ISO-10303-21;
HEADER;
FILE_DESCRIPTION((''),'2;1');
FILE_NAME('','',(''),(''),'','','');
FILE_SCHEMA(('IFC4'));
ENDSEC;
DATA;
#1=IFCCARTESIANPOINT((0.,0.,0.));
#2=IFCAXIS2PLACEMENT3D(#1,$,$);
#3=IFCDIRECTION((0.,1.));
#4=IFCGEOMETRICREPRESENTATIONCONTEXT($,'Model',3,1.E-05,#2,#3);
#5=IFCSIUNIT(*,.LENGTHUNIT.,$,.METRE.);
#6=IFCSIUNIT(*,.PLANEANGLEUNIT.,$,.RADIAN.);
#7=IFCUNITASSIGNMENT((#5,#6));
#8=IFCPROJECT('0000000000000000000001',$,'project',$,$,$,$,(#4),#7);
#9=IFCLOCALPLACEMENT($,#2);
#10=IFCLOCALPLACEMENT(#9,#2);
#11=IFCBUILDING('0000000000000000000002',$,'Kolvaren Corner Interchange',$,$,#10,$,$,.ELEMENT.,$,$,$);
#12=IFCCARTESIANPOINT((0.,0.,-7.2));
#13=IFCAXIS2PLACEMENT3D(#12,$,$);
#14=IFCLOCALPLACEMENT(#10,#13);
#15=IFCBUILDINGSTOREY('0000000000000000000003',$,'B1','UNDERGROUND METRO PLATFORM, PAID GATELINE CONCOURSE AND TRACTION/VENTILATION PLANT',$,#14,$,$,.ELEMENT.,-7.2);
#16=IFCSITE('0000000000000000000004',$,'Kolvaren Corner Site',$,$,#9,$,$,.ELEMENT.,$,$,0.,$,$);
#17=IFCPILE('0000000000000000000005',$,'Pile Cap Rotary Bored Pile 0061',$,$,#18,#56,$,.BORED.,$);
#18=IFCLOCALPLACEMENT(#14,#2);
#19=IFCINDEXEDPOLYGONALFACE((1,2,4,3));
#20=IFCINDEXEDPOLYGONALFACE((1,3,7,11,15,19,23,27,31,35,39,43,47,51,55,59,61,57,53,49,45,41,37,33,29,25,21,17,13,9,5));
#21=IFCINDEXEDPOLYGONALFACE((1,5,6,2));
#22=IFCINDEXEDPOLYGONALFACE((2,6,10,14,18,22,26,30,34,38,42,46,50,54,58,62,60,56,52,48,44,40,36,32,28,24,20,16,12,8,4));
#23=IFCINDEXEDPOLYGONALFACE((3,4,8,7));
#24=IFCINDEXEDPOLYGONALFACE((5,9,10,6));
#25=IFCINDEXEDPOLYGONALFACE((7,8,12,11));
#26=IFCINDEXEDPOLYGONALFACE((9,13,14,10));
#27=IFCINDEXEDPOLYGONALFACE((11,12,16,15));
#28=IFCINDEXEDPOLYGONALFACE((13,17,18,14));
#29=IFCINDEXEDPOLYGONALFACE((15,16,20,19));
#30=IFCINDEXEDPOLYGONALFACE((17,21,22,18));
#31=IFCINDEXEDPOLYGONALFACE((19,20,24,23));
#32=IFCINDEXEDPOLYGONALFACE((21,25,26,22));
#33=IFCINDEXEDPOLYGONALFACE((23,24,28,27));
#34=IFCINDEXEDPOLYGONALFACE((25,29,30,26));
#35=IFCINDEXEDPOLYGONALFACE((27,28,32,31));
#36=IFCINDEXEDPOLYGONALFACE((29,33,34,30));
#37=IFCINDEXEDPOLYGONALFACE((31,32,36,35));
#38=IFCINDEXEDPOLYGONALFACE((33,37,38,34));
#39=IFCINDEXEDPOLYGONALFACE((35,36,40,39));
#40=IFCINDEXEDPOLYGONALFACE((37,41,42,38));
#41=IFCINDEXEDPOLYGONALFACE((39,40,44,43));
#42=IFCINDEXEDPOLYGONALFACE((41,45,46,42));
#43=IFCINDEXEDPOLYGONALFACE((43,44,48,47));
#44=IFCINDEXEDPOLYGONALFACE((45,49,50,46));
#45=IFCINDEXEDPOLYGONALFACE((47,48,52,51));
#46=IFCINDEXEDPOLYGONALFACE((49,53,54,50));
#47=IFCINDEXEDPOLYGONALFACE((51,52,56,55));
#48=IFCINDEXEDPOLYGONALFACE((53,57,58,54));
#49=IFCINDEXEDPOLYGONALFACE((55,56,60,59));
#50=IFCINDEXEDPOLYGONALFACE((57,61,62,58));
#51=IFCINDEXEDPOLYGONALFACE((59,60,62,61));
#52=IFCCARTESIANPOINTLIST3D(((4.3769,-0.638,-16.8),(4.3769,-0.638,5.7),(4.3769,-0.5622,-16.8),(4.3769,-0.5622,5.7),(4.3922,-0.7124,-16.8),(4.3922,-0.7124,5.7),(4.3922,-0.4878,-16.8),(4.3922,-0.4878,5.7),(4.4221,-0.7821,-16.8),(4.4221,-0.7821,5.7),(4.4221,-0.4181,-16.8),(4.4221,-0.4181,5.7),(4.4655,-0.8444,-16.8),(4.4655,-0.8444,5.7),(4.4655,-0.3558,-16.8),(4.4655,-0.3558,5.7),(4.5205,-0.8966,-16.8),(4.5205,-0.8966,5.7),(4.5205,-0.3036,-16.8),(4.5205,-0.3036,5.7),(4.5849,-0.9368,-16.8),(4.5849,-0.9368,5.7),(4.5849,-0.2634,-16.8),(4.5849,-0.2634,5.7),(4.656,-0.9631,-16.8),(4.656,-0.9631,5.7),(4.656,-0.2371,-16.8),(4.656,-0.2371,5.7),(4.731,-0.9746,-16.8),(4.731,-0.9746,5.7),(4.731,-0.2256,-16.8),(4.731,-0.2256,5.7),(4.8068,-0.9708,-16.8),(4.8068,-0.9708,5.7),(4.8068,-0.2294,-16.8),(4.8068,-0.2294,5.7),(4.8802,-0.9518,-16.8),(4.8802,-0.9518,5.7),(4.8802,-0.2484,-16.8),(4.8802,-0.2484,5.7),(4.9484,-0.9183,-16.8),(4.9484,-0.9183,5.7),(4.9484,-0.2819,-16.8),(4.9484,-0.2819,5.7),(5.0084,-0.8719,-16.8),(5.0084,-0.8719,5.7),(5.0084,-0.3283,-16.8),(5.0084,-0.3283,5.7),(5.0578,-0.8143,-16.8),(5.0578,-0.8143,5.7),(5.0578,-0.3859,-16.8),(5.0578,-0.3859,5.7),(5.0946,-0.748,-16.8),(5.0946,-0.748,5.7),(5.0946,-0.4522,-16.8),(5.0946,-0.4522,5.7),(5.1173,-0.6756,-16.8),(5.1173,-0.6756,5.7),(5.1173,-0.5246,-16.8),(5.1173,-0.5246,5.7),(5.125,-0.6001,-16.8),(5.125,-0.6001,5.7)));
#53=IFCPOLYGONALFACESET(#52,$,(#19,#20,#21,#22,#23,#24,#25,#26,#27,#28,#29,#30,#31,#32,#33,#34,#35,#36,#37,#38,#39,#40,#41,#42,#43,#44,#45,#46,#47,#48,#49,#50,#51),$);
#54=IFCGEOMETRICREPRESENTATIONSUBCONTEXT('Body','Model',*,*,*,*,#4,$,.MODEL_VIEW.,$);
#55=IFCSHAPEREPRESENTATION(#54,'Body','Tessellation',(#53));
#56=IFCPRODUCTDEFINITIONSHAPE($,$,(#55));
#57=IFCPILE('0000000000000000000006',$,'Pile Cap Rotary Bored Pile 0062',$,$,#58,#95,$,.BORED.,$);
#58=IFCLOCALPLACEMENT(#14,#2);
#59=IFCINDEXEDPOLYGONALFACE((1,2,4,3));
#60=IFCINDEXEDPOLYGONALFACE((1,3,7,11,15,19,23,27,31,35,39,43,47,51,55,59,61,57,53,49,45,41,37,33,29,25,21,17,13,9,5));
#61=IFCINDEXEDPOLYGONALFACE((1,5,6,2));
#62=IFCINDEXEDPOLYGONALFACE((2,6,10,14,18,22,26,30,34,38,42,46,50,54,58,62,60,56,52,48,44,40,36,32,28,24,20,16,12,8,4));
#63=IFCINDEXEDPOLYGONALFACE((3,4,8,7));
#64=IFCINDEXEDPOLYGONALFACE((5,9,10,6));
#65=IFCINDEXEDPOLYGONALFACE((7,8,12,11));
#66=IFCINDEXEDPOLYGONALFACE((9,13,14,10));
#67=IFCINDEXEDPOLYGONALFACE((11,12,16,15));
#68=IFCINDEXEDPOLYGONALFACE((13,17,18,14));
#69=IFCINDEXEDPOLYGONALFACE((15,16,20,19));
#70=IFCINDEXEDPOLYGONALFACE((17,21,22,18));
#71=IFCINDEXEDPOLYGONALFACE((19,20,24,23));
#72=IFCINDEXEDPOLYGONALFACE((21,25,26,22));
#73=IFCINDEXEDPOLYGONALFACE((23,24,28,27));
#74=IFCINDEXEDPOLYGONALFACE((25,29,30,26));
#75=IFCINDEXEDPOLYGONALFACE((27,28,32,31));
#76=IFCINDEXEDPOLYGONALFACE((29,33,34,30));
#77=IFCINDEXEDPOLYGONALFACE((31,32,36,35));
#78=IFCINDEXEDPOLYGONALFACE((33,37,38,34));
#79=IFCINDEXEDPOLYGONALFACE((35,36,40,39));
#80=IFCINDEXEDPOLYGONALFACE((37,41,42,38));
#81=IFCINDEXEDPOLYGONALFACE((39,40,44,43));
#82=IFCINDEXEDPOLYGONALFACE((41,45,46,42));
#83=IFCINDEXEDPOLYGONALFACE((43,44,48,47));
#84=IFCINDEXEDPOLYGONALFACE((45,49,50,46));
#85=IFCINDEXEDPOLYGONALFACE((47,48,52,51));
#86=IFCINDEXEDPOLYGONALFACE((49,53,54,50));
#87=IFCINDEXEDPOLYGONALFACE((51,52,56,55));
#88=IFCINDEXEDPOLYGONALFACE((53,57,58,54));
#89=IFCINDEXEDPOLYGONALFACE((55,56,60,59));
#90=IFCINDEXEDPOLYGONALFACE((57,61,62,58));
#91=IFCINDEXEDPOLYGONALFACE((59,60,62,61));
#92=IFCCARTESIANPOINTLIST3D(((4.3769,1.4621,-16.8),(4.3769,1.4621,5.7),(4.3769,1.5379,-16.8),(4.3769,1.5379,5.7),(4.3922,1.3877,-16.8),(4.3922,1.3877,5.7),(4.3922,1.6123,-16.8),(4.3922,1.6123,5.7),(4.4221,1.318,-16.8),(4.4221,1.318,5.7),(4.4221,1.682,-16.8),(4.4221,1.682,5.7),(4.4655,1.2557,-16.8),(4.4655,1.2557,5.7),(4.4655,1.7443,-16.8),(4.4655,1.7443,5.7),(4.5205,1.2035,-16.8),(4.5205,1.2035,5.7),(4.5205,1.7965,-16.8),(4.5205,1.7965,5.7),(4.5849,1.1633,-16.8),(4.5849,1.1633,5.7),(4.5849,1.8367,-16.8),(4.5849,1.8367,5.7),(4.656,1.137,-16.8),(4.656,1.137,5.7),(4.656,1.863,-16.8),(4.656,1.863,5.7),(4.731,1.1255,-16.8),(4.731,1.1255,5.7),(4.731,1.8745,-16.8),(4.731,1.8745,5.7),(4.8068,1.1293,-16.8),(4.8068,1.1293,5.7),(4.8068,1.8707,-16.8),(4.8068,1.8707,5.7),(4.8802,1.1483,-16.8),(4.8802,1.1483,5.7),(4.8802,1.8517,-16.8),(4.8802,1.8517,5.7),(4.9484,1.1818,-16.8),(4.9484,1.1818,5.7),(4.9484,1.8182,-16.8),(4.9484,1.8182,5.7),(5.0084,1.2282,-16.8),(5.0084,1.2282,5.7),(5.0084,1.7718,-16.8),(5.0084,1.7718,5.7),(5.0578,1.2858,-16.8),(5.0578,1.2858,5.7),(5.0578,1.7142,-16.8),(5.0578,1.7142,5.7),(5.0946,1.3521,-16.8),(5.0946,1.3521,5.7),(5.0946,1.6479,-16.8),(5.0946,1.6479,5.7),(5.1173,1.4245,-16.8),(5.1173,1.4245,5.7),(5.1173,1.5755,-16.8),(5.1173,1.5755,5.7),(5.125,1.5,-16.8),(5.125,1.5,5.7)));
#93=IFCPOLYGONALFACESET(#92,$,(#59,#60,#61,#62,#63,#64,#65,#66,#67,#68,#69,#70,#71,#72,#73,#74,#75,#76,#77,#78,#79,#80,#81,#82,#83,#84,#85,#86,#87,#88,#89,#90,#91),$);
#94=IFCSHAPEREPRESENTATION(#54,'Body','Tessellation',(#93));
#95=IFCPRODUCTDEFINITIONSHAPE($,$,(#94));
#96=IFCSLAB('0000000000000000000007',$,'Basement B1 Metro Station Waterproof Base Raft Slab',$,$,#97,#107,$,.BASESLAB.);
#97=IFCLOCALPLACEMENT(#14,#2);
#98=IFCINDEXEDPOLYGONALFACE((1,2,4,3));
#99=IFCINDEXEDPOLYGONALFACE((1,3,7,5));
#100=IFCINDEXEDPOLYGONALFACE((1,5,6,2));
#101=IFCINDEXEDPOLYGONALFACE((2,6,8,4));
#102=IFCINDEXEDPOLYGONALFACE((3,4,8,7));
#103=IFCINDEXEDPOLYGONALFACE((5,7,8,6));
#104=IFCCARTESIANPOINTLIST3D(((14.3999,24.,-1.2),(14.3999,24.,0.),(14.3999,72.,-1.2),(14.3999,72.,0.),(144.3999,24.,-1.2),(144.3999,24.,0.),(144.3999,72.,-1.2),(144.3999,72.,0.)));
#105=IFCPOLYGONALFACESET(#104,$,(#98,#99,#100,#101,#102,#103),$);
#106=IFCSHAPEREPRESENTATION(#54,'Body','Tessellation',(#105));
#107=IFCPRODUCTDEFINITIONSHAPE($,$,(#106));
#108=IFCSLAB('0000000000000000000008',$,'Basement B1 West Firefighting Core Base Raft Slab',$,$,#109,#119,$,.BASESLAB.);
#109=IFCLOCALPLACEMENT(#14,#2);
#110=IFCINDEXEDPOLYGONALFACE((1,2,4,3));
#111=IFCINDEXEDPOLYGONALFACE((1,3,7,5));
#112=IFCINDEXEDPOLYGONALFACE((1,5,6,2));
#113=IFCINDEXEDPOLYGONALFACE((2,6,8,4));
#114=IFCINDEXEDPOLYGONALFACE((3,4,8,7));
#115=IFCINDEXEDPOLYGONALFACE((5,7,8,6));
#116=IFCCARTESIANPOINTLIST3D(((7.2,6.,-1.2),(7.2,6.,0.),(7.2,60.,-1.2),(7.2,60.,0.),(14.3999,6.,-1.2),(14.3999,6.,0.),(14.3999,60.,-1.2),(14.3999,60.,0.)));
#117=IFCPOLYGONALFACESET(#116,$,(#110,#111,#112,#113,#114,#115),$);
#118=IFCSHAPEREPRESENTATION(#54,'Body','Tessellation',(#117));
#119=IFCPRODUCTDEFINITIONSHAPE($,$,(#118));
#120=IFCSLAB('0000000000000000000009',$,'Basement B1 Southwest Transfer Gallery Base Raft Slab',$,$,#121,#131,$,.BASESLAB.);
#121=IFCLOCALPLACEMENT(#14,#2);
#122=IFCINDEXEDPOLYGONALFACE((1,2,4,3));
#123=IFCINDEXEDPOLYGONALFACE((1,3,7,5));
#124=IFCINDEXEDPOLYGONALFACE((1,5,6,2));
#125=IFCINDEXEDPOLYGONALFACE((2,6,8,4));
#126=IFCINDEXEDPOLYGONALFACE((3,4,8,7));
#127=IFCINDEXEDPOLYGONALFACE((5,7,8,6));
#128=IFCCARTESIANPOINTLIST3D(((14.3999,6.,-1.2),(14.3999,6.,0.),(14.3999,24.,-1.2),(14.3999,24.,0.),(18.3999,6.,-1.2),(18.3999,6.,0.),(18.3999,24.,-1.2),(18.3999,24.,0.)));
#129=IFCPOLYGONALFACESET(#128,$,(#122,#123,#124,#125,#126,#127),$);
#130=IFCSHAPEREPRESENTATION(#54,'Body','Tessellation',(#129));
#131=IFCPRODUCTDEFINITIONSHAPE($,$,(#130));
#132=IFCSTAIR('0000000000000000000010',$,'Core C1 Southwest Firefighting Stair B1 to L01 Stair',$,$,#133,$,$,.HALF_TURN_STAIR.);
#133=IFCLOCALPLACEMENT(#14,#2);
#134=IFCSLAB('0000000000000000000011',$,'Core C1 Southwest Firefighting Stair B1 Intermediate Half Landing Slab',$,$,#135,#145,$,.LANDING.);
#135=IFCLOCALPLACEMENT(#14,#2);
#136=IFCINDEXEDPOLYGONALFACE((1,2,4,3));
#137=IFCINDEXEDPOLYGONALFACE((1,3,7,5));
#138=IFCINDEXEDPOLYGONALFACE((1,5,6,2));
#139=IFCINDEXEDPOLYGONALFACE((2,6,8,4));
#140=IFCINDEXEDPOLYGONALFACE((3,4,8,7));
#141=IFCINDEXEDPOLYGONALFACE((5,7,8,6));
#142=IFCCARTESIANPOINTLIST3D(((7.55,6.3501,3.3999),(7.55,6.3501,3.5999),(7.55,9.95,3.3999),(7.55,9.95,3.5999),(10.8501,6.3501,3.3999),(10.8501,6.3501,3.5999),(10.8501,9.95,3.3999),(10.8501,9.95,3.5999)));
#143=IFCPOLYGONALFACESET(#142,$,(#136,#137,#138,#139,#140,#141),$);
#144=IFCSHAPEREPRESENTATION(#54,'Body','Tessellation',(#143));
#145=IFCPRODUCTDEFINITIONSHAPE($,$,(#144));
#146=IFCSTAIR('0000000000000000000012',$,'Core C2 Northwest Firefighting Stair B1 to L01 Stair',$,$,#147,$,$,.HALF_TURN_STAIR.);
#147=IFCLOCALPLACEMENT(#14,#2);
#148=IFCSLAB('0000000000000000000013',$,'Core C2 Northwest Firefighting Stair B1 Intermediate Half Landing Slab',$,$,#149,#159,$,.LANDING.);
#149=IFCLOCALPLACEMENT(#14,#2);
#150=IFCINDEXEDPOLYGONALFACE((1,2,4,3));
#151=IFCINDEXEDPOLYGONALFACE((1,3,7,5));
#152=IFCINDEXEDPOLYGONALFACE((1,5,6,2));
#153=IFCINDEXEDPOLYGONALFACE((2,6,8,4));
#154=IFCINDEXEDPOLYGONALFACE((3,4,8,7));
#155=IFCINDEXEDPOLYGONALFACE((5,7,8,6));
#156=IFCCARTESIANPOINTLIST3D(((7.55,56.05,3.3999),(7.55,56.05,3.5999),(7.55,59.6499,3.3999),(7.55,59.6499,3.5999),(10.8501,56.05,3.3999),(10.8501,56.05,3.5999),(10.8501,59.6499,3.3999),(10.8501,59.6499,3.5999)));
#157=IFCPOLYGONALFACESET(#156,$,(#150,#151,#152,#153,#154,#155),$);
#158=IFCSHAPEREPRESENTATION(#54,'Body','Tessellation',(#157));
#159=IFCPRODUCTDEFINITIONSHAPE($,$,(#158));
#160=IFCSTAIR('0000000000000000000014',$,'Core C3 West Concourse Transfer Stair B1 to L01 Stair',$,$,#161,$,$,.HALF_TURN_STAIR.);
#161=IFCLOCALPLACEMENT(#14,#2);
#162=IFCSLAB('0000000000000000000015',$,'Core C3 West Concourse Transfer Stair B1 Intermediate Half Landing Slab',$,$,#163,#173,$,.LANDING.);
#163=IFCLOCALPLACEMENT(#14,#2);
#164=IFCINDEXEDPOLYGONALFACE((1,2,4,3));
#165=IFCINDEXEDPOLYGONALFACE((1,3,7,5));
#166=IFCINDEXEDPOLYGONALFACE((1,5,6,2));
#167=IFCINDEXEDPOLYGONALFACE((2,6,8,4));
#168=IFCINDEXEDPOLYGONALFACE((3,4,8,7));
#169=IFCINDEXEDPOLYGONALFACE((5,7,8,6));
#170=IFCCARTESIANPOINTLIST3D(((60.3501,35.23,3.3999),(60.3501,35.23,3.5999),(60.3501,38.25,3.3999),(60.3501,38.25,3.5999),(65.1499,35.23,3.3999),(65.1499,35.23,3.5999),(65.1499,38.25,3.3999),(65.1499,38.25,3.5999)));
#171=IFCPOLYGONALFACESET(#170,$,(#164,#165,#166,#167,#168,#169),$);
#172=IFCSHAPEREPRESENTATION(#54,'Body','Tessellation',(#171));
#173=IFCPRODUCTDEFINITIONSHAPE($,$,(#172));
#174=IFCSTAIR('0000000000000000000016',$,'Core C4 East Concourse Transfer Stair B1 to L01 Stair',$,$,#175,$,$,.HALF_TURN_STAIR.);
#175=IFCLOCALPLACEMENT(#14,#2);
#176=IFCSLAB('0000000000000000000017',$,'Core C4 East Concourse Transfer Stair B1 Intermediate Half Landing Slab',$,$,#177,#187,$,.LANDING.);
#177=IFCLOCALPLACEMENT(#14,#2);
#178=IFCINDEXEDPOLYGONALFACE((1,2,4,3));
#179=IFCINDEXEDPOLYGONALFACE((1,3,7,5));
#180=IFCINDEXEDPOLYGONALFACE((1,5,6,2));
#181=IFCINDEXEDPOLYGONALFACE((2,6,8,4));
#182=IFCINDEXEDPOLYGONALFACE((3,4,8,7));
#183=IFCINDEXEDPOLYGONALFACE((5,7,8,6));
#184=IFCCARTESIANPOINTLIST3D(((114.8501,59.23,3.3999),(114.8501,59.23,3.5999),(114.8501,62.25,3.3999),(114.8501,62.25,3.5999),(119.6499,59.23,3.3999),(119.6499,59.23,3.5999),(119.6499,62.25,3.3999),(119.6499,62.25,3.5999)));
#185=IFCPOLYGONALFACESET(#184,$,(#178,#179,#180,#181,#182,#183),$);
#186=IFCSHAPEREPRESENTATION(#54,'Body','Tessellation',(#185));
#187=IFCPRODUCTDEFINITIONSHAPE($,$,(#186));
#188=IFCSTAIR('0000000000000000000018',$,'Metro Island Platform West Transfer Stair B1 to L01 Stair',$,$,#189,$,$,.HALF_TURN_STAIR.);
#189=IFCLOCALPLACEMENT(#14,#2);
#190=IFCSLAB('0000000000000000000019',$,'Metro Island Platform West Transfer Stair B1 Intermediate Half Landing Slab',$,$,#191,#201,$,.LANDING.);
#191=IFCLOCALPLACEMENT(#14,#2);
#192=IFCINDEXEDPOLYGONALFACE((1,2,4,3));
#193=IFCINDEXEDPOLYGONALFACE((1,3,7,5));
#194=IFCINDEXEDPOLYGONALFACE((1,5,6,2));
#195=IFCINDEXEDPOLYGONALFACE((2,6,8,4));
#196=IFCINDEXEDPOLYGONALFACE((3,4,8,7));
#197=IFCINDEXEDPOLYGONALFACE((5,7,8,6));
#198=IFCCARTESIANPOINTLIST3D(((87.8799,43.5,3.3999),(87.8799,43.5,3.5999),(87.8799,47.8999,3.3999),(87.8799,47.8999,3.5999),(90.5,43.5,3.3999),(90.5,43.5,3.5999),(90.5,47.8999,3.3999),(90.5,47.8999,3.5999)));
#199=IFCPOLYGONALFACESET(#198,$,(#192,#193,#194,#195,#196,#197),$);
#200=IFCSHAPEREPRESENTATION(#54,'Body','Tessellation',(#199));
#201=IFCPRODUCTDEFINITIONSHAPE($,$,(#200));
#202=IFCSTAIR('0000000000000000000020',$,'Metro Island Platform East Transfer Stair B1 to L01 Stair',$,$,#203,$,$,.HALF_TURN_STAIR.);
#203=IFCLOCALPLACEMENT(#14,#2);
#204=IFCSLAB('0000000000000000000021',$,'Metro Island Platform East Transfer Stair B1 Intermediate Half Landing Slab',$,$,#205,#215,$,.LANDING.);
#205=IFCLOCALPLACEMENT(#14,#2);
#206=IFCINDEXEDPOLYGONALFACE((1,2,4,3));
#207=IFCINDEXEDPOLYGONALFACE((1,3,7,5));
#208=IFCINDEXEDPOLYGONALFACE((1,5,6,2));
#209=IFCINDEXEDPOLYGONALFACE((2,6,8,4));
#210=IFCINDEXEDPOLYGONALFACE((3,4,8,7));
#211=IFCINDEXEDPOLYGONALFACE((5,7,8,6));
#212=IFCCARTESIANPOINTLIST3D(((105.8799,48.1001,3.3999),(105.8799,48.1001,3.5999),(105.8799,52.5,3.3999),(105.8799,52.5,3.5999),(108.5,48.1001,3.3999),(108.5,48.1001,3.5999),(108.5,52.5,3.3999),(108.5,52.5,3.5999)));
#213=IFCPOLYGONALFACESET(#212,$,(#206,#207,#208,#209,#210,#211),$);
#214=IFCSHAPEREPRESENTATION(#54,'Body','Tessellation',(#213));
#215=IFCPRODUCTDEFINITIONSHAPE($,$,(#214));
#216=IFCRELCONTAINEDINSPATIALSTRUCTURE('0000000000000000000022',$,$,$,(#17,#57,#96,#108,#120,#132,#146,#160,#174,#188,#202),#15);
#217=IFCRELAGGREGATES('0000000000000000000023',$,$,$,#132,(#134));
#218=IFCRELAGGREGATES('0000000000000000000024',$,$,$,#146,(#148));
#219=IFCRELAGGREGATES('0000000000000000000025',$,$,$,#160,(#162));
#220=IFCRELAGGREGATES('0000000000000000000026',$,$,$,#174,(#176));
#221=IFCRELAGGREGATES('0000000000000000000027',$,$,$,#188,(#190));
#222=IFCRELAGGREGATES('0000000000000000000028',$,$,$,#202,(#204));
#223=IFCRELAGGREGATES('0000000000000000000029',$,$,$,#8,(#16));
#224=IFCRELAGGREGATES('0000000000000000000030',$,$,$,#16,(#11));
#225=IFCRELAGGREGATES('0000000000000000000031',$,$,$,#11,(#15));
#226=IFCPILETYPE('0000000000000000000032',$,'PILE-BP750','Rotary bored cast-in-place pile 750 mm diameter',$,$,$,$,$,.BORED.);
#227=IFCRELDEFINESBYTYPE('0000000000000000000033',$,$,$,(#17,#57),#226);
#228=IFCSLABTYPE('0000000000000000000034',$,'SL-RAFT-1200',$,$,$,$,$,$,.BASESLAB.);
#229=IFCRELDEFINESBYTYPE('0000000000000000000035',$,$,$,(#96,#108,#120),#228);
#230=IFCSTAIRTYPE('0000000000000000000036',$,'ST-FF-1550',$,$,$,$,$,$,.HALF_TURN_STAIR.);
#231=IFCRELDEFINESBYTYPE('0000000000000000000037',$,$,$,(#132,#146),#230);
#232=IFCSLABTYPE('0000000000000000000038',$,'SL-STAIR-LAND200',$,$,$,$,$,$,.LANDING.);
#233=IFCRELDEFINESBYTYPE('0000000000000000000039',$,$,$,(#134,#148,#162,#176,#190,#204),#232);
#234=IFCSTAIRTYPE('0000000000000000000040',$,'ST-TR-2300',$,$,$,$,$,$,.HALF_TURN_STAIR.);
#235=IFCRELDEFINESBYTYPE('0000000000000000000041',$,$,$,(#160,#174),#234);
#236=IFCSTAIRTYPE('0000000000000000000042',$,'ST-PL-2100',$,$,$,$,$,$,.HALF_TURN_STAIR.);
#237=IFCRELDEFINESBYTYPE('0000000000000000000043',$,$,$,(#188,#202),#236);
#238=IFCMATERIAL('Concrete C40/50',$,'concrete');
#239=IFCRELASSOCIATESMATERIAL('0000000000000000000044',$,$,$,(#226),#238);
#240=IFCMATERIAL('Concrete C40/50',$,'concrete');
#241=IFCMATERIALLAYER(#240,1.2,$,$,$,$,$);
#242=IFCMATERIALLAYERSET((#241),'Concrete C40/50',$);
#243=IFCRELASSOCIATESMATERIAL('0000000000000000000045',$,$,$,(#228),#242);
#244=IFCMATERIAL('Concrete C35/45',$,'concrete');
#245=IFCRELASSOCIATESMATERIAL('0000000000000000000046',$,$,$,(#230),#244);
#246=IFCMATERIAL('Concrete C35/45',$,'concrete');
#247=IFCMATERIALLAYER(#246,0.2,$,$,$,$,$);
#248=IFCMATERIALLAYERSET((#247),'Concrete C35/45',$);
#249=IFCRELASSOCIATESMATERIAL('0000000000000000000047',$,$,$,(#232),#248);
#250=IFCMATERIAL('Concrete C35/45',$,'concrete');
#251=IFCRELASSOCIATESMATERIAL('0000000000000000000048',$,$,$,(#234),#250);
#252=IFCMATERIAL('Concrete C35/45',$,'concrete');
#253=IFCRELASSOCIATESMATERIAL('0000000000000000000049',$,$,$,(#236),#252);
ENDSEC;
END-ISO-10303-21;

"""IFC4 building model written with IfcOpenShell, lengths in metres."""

from ifc_helpers import new_model, si_unit, direction, frame, origin, origin_2d, place, context, subcontext, project, spatial, polyline, circle, outline, extrude, material, layer, layer_set, material_profile, profile_set, type_object, element, aggregate, save


model = new_model("IFC4")

# Units and contexts
model_context = context("Model", 3, precision=1e-05, world=origin(), true_north=direction((0.0, 1.0)))
body_context = subcontext(model_context, "Body", "Model", "MODEL_VIEW")
ifc_project = project(units=[si_unit("LENGTHUNIT", "METRE"), si_unit("PLANEANGLEUNIT", "RADIAN")], contexts=[model_context])

# Site, building, storey
site_placement = place(None, origin())
site = spatial("IfcSite", under=ifc_project, at=site_placement, Name="Kolvaren Corner Site", CompositionType="ELEMENT", RefElevation=0.0)
building_placement = place(site_placement, origin())
building = spatial("IfcBuilding", under=site, at=building_placement, Name="Kolvaren Corner Interchange", CompositionType="ELEMENT")
storey_placement = place(building_placement, frame((0.0, 0.0, -7.2)))
storey = spatial("IfcBuildingStorey", under=building, at=storey_placement, Name="B1", Description="UNDERGROUND METRO PLATFORM, PAID GATELINE CONCOURSE AND TRACTION/VENTILATION PLANT", CompositionType="ELEMENT", Elevation=-7.2)

# Piles
ifc_material_1 = material(Name="Concrete C40/50", Category="concrete")
ifc_material_profile = material_profile(ifc_material_1, circle(Radius=0.375, at=origin_2d()), Name="BORED PILE 750")
ifc_profile_set = profile_set([ifc_material_profile], Name="Concrete C40/50")
pile_type = type_object("IfcPileType", Name="PILE-BP750", Description="Rotary bored cast-in-place pile 750 mm diameter", PredefinedType="BORED", material=ifc_profile_set)
for number, where, z_axis, x_axis, name in (
    (1, (4.75, -0.6001, 5.7), (0.0, 0.0, -1.0), (1.0, 0.0, 0.0), "Pile Cap Rotary Bored Pile 0061"),
    (2, (4.75, 1.5, 5.7), (0.0, 0.0, -1.0), (1.0, 0.0, 0.0), "Pile Cap Rotary Bored Pile 0062"),
):
    element("IfcPile", number, at=place(storey_placement, frame(where, z_axis=z_axis, x_axis=x_axis)), inside=storey, type_object=pile_type, Name=name, PredefinedType="BORED", context=body_context, shape_type="SweptSolid", body=[
        extrude(circle(Radius=0.375, at=origin_2d()), origin(), (0.0, 0.0, 1.0), 22.5),
    ])

# Slabs
ifc_material_2 = material(Name="Concrete C40/50", Category="concrete")
ifc_layer_1 = layer(ifc_material_2, 1.2)
ifc_layer_set_1 = layer_set([ifc_layer_1], Name="Concrete C40/50")
slab_type_1 = type_object("IfcSlabType", Name="SL-RAFT-1200", PredefinedType="BASESLAB", material=ifc_layer_set_1)
slab_1_placement = place(storey_placement, frame((0.0, 0.0, -1.2)))
element("IfcSlab", 3, at=slab_1_placement, inside=storey, type_object=slab_type_1, Name="Basement B1 Metro Station Waterproof Base Raft Slab", PredefinedType="BASESLAB", context=body_context, shape_type="SweptSolid", body=[
    extrude(outline(polyline([(14.3999, 24.0), (144.3999, 24.0), (144.3999, 72.0), (14.3999, 72.0), (14.3999, 24.0)])), origin(), (0.0, 0.0, 1.0), 1.2),
])
slab_2_placement = place(storey_placement, frame((0.0, 0.0, -1.2)))
element("IfcSlab", 4, at=slab_2_placement, inside=storey, type_object=slab_type_1, Name="Basement B1 West Firefighting Core Base Raft Slab", PredefinedType="BASESLAB", context=body_context, shape_type="SweptSolid", body=[
    extrude(outline(polyline([(7.2, 6.0), (14.3999, 6.0), (14.3999, 60.0), (7.2, 60.0), (7.2, 6.0)])), origin(), (0.0, 0.0, 1.0), 1.2),
])
slab_3_placement = place(storey_placement, frame((0.0, 0.0, -1.2)))
element("IfcSlab", 5, at=slab_3_placement, inside=storey, type_object=slab_type_1, Name="Basement B1 Southwest Transfer Gallery Base Raft Slab", PredefinedType="BASESLAB", context=body_context, shape_type="SweptSolid", body=[
    extrude(outline(polyline([(14.3999, 6.0), (18.3999, 6.0), (18.3999, 24.0), (14.3999, 24.0), (14.3999, 6.0)])), origin(), (0.0, 0.0, 1.0), 1.2),
])

# Stairs, slabs
ifc_material_3 = material(Name="Concrete C35/45", Category="concrete")
stair_type_1 = type_object("IfcStairType", Name="ST-FF-1550", PredefinedType="HALF_TURN_STAIR", material=ifc_material_3)
stair_1_placement = place(storey_placement, origin())
stair_1 = element("IfcStair", 6, at=stair_1_placement, inside=storey, type_object=stair_type_1, Name="Core C1 Southwest Firefighting Stair B1 to L01 Stair", PredefinedType="HALF_TURN_STAIR")
ifc_material_4 = material(Name="Concrete C35/45", Category="concrete")
ifc_layer_2 = layer(ifc_material_4, 0.2)
ifc_layer_set_2 = layer_set([ifc_layer_2], Name="Concrete C35/45")
slab_type_2 = type_object("IfcSlabType", Name="SL-STAIR-LAND200", PredefinedType="LANDING", material=ifc_layer_set_2)
slab_4_placement = place(storey_placement, frame((0.0, 0.0, 3.3999)))
slab_4 = element("IfcSlab", 7, at=slab_4_placement, type_object=slab_type_2, Name="Core C1 Southwest Firefighting Stair B1 Intermediate Half Landing Slab", PredefinedType="LANDING", context=body_context, shape_type="SweptSolid", body=[
    extrude(outline(polyline([(7.55, 9.95), (7.55, 6.3501), (10.8501, 6.3501), (10.8501, 9.95), (7.55, 9.95)])), origin(), (0.0, 0.0, 1.0), 0.2),
])
aggregate(stair_1, [slab_4])
stair_2_placement = place(storey_placement, origin())
stair_2 = element("IfcStair", 8, at=stair_2_placement, inside=storey, type_object=stair_type_1, Name="Core C2 Northwest Firefighting Stair B1 to L01 Stair", PredefinedType="HALF_TURN_STAIR")
slab_5_placement = place(storey_placement, frame((0.0, 0.0, 3.3999)))
slab_5 = element("IfcSlab", 9, at=slab_5_placement, type_object=slab_type_2, Name="Core C2 Northwest Firefighting Stair B1 Intermediate Half Landing Slab", PredefinedType="LANDING", context=body_context, shape_type="SweptSolid", body=[
    extrude(outline(polyline([(10.8501, 56.05), (10.8501, 59.6499), (7.55, 59.6499), (7.55, 56.05), (10.8501, 56.05)])), origin(), (0.0, 0.0, 1.0), 0.2),
])
aggregate(stair_2, [slab_5])
ifc_material_5 = material(Name="Concrete C35/45", Category="concrete")
stair_type_2 = type_object("IfcStairType", Name="ST-TR-2300", PredefinedType="HALF_TURN_STAIR", material=ifc_material_5)
stair_3_placement = place(storey_placement, origin())
stair_3 = element("IfcStair", 10, at=stair_3_placement, inside=storey, type_object=stair_type_2, Name="Core C3 West Concourse Transfer Stair B1 to L01 Stair", PredefinedType="HALF_TURN_STAIR")
slab_6_placement = place(storey_placement, frame((0.0, 0.0, 3.3999)))
slab_6 = element("IfcSlab", 11, at=slab_6_placement, type_object=slab_type_2, Name="Core C3 West Concourse Transfer Stair B1 Intermediate Half Landing Slab", PredefinedType="LANDING", context=body_context, shape_type="SweptSolid", body=[
    extrude(outline(polyline([(65.1499, 35.23), (65.1499, 38.25), (60.3501, 38.25), (60.3501, 35.23), (65.1499, 35.23)])), origin(), (0.0, 0.0, 1.0), 0.2),
])
aggregate(stair_3, [slab_6])
stair_4_placement = place(storey_placement, origin())
stair_4 = element("IfcStair", 12, at=stair_4_placement, inside=storey, type_object=stair_type_2, Name="Core C4 East Concourse Transfer Stair B1 to L01 Stair", PredefinedType="HALF_TURN_STAIR")
slab_7_placement = place(storey_placement, frame((0.0, 0.0, 3.3999)))
slab_7 = element("IfcSlab", 13, at=slab_7_placement, type_object=slab_type_2, Name="Core C4 East Concourse Transfer Stair B1 Intermediate Half Landing Slab", PredefinedType="LANDING", context=body_context, shape_type="SweptSolid", body=[
    extrude(outline(polyline([(119.6499, 59.23), (119.6499, 62.25), (114.8501, 62.25), (114.8501, 59.23), (119.6499, 59.23)])), origin(), (0.0, 0.0, 1.0), 0.2),
])
aggregate(stair_4, [slab_7])
ifc_material_6 = material(Name="Concrete C35/45", Category="concrete")
stair_type_3 = type_object("IfcStairType", Name="ST-PL-2100", PredefinedType="HALF_TURN_STAIR", material=ifc_material_6)
stair_5_placement = place(storey_placement, origin())
stair_5 = element("IfcStair", 14, at=stair_5_placement, inside=storey, type_object=stair_type_3, Name="Metro Island Platform West Transfer Stair B1 to L01 Stair", PredefinedType="HALF_TURN_STAIR")
slab_8_placement = place(storey_placement, frame((0.0, 0.0, 3.3999)))
slab_8 = element("IfcSlab", 15, at=slab_8_placement, type_object=slab_type_2, Name="Metro Island Platform West Transfer Stair B1 Intermediate Half Landing Slab", PredefinedType="LANDING", context=body_context, shape_type="SweptSolid", body=[
    extrude(outline(polyline([(87.8799, 43.5), (90.5, 43.5), (90.5, 47.8999), (87.8799, 47.8999), (87.8799, 43.5)])), origin(), (0.0, 0.0, 1.0), 0.2),
])
aggregate(stair_5, [slab_8])
stair_6_placement = place(storey_placement, origin())
stair_6 = element("IfcStair", 16, at=stair_6_placement, inside=storey, type_object=stair_type_3, Name="Metro Island Platform East Transfer Stair B1 to L01 Stair", PredefinedType="HALF_TURN_STAIR")
slab_9_placement = place(storey_placement, frame((0.0, 0.0, 3.3999)))
slab_9 = element("IfcSlab", 17, at=slab_9_placement, type_object=slab_type_2, Name="Metro Island Platform East Transfer Stair B1 Intermediate Half Landing Slab", PredefinedType="LANDING", context=body_context, shape_type="SweptSolid", body=[
    extrude(outline(polyline([(105.8799, 48.1001), (108.5, 48.1001), (108.5, 52.5), (105.8799, 52.5), (105.8799, 48.1001)])), origin(), (0.0, 0.0, 1.0), 0.2),
])
aggregate(stair_6, [slab_9])

save(model, "model.ifc")
